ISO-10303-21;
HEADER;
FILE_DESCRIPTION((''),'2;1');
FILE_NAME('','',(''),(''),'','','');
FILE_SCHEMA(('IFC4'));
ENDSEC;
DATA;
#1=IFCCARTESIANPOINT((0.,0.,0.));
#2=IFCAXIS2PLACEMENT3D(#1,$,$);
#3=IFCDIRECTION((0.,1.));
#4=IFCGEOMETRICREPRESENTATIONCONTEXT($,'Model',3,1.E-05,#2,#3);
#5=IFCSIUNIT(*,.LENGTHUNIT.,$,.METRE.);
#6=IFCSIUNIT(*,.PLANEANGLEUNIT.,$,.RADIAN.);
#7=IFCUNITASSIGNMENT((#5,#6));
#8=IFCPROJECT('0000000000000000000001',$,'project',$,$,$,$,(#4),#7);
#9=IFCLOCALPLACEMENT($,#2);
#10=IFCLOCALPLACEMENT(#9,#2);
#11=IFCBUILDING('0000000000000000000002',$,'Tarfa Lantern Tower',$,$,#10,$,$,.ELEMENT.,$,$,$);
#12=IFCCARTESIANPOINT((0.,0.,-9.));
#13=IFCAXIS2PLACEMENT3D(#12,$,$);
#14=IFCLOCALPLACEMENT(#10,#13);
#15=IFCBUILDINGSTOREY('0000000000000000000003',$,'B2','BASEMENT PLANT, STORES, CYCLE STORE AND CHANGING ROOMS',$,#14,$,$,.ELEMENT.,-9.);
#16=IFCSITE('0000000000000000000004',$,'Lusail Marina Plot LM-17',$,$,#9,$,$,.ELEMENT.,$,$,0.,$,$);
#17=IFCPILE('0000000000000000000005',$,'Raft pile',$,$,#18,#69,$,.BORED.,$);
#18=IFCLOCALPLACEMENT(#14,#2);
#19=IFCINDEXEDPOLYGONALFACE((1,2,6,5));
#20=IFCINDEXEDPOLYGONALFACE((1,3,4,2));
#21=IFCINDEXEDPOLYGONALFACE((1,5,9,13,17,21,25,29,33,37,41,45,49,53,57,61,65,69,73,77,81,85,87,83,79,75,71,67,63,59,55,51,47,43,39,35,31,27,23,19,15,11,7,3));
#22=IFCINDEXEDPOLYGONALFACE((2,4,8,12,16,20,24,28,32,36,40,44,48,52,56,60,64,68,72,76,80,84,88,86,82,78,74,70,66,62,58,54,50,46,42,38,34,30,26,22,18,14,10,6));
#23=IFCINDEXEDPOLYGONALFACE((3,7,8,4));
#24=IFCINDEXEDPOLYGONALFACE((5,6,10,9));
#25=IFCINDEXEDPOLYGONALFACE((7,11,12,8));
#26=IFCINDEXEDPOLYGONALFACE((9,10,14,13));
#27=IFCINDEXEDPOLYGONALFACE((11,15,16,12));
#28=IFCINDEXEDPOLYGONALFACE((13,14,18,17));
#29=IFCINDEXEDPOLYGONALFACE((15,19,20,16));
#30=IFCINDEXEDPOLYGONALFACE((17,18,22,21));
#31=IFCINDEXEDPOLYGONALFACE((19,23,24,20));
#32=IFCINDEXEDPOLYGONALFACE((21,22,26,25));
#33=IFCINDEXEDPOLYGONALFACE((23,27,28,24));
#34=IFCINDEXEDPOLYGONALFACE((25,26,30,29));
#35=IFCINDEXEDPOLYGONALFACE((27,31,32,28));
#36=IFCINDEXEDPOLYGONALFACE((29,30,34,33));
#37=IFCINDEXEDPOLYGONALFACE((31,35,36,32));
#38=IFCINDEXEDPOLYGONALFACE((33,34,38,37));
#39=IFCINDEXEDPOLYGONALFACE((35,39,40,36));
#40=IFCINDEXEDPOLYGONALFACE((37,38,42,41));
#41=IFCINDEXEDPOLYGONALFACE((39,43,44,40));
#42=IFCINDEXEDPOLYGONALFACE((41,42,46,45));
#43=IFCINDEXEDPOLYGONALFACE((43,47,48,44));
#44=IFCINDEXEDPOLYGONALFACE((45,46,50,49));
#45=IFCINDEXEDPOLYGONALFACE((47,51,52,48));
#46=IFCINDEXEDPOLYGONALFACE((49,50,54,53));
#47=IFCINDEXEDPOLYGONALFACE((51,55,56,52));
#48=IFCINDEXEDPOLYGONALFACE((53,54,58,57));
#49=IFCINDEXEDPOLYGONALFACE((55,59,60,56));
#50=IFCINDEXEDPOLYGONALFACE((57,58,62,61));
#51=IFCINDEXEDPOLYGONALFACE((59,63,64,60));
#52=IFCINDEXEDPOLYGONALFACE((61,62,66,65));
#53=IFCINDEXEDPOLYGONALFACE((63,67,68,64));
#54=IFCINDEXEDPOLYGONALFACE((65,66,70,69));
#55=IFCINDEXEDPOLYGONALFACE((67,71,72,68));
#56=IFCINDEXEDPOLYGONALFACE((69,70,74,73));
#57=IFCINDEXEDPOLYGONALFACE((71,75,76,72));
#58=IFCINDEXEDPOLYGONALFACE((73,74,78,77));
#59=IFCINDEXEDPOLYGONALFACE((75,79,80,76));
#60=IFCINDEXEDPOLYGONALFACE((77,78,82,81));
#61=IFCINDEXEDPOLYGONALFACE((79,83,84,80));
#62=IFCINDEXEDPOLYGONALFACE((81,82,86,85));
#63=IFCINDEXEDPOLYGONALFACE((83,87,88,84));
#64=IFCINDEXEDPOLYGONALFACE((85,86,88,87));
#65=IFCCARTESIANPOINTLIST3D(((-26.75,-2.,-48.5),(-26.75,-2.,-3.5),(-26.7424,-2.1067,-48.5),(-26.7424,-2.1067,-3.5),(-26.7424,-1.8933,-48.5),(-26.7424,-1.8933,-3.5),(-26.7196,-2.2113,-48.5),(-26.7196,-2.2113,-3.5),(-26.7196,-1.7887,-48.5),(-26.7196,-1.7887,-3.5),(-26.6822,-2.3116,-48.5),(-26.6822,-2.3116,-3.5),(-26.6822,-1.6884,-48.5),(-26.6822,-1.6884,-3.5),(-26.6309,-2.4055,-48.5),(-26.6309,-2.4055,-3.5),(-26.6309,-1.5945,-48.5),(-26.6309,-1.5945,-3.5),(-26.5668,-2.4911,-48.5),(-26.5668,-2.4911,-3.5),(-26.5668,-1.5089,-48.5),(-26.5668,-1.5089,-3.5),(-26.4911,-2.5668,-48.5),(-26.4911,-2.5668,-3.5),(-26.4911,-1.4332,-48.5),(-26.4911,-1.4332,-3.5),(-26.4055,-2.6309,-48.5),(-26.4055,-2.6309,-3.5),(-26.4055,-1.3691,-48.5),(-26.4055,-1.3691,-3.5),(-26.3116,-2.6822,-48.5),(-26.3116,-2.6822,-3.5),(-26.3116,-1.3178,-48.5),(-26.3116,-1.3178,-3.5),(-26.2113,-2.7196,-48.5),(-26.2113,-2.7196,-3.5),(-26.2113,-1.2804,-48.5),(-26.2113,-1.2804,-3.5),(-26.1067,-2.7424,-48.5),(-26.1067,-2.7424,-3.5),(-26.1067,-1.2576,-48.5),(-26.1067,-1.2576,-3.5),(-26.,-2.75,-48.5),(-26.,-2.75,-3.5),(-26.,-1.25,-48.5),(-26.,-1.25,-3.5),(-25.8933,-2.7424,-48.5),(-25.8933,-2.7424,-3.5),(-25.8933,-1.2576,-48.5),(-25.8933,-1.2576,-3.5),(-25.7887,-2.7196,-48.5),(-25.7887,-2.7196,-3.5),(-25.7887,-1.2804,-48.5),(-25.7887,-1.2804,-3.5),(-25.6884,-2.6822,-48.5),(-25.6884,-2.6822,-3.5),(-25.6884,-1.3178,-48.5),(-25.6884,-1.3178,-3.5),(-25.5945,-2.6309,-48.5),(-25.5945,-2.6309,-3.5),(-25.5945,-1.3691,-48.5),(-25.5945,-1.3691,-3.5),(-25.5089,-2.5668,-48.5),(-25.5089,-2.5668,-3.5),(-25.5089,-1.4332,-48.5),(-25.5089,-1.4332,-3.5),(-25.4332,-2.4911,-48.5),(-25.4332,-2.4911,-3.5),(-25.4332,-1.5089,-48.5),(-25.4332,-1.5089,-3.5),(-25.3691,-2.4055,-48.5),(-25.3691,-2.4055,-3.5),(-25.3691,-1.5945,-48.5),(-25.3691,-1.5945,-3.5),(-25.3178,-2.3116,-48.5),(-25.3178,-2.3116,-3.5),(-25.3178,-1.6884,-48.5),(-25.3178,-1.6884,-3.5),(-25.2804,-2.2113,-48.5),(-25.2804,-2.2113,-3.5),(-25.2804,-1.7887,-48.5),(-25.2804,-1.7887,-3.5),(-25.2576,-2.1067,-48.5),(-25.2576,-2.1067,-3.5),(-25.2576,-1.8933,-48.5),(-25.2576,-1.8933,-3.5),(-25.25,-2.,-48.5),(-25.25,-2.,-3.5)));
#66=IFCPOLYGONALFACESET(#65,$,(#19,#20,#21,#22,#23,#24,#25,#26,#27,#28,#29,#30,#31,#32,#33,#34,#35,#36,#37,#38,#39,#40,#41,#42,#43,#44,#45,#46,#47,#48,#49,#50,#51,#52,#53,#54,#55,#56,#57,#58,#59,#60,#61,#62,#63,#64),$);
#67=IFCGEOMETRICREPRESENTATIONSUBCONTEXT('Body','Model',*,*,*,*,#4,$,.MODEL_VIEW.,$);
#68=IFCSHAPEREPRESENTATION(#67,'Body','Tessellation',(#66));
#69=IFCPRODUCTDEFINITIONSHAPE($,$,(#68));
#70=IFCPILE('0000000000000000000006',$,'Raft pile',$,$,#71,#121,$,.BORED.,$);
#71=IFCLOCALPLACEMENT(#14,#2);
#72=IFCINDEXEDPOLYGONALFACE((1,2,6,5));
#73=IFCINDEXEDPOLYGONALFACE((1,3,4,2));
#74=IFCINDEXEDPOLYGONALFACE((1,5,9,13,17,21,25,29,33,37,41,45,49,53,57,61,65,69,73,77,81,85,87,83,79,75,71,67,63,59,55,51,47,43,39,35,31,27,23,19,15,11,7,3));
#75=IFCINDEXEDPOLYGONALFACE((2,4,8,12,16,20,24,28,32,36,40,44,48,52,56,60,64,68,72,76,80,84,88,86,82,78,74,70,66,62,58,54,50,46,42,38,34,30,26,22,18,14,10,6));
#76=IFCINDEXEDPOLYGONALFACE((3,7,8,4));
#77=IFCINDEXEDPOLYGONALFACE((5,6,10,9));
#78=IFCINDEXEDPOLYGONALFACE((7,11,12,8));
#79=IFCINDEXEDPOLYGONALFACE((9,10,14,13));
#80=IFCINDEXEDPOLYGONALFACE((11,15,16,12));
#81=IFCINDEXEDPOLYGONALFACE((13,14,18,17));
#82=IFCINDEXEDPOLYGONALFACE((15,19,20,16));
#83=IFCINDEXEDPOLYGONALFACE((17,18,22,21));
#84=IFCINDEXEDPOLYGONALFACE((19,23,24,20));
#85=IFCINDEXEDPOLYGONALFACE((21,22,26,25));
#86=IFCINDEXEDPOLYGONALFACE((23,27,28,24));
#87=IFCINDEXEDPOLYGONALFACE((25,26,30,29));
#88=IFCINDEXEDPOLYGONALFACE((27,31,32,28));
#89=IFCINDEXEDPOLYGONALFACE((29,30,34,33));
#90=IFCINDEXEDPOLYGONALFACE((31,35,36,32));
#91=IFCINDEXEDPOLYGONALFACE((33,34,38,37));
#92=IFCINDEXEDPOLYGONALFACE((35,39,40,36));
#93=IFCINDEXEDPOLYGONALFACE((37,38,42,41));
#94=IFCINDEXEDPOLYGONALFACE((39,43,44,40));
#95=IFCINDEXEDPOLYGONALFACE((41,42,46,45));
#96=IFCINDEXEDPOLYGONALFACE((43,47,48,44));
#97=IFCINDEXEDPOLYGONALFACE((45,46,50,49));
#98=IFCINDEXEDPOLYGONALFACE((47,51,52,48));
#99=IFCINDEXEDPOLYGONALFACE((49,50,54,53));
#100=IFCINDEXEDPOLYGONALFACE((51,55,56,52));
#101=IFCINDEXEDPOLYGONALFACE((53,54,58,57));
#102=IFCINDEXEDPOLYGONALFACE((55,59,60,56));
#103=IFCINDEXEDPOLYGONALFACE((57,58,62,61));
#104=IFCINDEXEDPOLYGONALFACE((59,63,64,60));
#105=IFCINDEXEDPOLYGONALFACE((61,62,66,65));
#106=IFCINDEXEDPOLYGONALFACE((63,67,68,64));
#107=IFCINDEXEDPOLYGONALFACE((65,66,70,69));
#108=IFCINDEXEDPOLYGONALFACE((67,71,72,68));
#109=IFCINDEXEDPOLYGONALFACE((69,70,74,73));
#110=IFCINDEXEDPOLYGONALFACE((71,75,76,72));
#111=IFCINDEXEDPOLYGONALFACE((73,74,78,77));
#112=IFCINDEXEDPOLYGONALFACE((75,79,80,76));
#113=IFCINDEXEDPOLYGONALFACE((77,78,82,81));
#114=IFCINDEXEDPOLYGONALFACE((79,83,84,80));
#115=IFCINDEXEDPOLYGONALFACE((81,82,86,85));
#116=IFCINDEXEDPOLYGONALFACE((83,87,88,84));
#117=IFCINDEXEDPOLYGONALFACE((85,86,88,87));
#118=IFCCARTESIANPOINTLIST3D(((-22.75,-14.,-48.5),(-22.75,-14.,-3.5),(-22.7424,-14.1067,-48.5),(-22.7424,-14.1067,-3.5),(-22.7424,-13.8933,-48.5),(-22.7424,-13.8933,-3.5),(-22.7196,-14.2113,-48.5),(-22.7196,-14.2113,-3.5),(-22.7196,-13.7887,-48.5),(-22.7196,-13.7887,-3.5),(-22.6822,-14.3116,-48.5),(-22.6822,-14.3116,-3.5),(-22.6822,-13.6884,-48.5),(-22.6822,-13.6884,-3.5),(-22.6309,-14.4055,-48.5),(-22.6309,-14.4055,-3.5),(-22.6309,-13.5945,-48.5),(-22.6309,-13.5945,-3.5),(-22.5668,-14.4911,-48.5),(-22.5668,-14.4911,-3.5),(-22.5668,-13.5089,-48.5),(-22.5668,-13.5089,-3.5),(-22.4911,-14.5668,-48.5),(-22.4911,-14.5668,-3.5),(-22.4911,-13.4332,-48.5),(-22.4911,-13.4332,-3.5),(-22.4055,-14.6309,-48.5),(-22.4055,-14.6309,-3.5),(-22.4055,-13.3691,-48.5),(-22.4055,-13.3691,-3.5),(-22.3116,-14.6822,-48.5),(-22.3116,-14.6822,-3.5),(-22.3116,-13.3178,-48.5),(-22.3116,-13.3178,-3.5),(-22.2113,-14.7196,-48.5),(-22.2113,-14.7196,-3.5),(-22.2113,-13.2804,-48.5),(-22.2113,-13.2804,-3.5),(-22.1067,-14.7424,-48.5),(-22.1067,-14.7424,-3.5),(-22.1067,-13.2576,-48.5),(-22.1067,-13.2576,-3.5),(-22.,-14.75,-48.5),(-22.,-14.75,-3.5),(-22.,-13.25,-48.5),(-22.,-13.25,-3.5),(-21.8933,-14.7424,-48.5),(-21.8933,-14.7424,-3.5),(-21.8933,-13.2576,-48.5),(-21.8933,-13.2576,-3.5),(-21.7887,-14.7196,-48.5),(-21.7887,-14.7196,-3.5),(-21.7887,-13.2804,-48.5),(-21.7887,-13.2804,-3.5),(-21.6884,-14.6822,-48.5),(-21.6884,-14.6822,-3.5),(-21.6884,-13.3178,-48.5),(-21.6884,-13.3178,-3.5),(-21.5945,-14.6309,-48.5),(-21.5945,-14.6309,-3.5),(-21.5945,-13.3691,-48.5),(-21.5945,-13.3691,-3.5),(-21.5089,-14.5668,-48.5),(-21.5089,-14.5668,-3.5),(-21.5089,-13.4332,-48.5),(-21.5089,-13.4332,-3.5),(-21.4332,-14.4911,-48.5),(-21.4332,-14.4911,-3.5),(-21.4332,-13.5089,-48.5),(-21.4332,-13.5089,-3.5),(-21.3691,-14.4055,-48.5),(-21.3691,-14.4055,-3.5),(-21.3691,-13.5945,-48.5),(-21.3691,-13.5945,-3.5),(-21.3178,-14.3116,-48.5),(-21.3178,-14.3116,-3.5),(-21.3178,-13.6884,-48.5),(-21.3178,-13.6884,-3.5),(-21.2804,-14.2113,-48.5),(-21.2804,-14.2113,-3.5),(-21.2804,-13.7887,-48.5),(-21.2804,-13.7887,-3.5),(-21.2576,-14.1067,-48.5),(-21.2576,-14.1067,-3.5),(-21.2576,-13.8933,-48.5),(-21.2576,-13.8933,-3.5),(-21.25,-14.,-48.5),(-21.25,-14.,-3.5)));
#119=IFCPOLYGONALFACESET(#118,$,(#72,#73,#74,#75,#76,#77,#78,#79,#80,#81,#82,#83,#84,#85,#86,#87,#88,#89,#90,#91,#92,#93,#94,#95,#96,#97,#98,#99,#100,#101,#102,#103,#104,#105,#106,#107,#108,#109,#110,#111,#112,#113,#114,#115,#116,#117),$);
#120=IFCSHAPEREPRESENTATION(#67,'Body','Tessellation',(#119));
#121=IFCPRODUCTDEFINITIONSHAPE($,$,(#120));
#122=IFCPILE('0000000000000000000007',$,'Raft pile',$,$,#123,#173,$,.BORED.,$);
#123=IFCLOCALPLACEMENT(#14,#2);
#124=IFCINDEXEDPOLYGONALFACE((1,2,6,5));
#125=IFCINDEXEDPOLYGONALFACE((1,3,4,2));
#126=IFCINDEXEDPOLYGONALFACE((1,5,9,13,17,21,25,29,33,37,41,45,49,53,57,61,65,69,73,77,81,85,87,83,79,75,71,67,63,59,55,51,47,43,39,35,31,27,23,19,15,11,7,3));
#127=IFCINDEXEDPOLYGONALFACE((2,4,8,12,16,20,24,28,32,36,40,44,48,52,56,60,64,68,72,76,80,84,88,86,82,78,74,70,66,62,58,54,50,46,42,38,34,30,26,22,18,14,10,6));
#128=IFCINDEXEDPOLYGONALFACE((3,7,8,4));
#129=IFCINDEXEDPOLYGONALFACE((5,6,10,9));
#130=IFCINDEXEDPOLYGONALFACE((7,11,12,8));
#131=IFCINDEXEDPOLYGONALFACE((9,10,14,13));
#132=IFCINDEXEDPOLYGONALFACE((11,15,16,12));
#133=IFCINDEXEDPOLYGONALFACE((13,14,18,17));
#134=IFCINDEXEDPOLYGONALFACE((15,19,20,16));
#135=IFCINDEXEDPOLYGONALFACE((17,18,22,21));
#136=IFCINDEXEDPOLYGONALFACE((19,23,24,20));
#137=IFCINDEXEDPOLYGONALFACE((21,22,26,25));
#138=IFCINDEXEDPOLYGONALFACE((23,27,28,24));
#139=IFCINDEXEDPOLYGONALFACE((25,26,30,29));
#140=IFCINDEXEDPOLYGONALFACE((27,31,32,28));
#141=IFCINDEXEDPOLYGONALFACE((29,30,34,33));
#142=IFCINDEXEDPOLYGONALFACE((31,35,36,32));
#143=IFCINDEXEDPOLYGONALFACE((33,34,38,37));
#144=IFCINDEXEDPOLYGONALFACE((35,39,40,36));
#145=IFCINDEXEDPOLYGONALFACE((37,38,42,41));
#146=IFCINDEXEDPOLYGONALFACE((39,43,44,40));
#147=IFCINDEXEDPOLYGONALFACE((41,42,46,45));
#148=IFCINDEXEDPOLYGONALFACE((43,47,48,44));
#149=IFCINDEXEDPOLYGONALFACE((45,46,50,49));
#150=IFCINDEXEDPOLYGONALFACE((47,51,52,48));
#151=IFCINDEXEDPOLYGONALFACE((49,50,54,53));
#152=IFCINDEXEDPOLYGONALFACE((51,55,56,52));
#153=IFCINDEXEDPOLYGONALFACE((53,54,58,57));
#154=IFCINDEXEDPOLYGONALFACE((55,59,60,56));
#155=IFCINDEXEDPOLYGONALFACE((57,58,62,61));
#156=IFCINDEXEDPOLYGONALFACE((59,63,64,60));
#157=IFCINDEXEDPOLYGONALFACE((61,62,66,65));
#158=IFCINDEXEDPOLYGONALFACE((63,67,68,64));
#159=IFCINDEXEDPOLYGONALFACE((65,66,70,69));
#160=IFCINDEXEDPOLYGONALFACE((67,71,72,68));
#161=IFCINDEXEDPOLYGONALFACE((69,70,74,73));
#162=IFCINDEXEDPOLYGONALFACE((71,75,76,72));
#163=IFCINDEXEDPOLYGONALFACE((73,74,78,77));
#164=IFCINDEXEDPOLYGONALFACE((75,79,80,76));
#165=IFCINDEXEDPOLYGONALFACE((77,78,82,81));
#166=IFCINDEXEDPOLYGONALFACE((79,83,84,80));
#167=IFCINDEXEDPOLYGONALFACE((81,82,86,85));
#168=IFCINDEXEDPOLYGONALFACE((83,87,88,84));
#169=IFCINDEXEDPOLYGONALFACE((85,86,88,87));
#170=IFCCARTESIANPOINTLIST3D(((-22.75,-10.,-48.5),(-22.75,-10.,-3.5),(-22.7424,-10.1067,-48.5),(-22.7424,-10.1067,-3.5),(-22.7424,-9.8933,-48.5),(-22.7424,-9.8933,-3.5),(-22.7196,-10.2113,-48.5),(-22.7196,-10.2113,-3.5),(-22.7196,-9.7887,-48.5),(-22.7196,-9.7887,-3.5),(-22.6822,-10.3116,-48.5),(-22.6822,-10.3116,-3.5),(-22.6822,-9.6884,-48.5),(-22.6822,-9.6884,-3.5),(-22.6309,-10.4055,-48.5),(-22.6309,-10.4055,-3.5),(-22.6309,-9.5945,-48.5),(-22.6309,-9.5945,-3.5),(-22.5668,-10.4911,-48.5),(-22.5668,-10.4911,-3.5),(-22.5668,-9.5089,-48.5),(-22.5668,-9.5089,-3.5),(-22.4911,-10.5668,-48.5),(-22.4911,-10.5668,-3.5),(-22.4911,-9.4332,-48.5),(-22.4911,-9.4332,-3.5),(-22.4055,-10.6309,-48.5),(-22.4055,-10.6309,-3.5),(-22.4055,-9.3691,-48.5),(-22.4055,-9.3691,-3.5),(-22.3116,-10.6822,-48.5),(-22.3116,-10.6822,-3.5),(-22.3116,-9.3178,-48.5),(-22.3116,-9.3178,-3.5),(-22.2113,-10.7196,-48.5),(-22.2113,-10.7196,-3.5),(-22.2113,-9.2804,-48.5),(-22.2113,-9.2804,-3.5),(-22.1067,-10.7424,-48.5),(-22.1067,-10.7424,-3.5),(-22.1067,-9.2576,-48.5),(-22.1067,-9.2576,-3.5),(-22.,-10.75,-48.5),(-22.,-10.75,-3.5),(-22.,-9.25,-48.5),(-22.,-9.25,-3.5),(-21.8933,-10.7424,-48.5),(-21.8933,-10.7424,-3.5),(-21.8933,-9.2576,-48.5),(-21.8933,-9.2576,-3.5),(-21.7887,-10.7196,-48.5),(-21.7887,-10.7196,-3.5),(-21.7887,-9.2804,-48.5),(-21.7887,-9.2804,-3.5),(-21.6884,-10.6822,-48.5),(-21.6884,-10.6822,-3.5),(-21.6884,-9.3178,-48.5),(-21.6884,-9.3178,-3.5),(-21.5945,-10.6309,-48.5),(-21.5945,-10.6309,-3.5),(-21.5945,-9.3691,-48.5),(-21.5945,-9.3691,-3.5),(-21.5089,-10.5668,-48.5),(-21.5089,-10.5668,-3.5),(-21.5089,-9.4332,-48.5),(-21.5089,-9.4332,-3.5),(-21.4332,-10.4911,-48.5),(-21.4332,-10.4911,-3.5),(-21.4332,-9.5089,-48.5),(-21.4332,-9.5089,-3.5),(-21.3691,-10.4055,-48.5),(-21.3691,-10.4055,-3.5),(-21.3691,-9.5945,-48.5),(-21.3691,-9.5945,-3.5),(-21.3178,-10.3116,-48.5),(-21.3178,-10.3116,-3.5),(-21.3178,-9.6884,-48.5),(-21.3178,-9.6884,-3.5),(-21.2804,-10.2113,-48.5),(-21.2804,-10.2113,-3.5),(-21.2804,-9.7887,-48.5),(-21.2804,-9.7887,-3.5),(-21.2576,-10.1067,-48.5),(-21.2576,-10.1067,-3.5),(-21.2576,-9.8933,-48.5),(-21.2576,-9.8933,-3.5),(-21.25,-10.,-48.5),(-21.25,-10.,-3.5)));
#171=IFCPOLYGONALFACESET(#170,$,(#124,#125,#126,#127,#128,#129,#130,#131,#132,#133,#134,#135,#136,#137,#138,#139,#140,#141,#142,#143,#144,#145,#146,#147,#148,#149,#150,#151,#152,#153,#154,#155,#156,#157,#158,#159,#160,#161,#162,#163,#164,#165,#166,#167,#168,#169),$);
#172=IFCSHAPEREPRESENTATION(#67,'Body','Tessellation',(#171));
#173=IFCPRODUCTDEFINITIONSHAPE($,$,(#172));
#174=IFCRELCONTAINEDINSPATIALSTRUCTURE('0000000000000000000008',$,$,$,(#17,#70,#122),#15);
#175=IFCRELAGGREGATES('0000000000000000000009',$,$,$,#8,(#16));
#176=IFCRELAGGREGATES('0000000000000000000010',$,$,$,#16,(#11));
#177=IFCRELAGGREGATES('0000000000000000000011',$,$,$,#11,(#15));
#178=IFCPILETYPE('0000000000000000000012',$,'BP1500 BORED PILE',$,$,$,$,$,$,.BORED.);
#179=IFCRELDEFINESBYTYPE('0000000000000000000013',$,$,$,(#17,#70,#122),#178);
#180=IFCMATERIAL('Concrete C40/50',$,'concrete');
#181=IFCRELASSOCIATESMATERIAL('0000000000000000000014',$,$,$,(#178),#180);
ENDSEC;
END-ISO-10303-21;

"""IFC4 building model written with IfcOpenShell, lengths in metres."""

from ifc_helpers import new_model, si_unit, direction, frame, origin, origin_2d, place, context, subcontext, project, spatial, circle, extrude, material, material_profile, profile_set, type_object, element, save


model = new_model("IFC4")

# Units and contexts
model_context = context("Model", 3, precision=1e-05, world=origin(), true_north=direction((0.0, 1.0)))
body_context = subcontext(model_context, "Body", "Model", "MODEL_VIEW")
ifc_project = project(units=[si_unit("LENGTHUNIT", "METRE"), si_unit("PLANEANGLEUNIT", "RADIAN")], contexts=[model_context])

# Site, building, storey
site_placement = place(None, origin())
site = spatial("IfcSite", under=ifc_project, at=site_placement, Name="Lusail Marina Plot LM-17", CompositionType="ELEMENT", RefElevation=0.0)
building_placement = place(site_placement, origin())
building = spatial("IfcBuilding", under=site, at=building_placement, Name="Tarfa Lantern Tower", CompositionType="ELEMENT")
storey_placement = place(building_placement, frame((0.0, 0.0, -9.0)))
storey = spatial("IfcBuildingStorey", under=building, at=storey_placement, Name="B2", Description="BASEMENT PLANT, STORES, CYCLE STORE AND CHANGING ROOMS", CompositionType="ELEMENT", Elevation=-9.0)

# Piles
ifc_material_1 = material(Name="Concrete C40/50", Category="concrete")
ifc_material_profile_1 = material_profile(ifc_material_1, circle(Radius=0.75, at=origin_2d()), Name="BORED PILE D1500")
ifc_profile_set_1 = profile_set([ifc_material_profile_1], Name="Concrete C40/50")
pile_type = type_object("IfcPileType", Name="BP1500 BORED PILE", PredefinedType="BORED", material=ifc_profile_set_1)
for number, where, z_axis, x_axis, name in (
    (1, (-26.0, -2.0, -3.5), (0.0, 0.0, -1.0), (1.0, 0.0, 0.0), "Raft pile"),
    (2, (-22.0, -14.0, -3.5), (0.0, 0.0, -1.0), (1.0, 0.0, 0.0), "Raft pile"),
    (3, (-22.0, -10.0, -3.5), (0.0, 0.0, -1.0), (1.0, 0.0, 0.0), "Raft pile"),
):
    element("IfcPile", number, at=place(storey_placement, frame(where, z_axis=z_axis, x_axis=x_axis)), inside=storey, type_object=pile_type, Name=name, PredefinedType="BORED", context=body_context, shape_type="SweptSolid", body=[
        extrude(circle(Radius=0.75, at=origin_2d()), origin(), (0.0, 0.0, 1.0), 45.0),
    ])

save(model, "model.ifc")
